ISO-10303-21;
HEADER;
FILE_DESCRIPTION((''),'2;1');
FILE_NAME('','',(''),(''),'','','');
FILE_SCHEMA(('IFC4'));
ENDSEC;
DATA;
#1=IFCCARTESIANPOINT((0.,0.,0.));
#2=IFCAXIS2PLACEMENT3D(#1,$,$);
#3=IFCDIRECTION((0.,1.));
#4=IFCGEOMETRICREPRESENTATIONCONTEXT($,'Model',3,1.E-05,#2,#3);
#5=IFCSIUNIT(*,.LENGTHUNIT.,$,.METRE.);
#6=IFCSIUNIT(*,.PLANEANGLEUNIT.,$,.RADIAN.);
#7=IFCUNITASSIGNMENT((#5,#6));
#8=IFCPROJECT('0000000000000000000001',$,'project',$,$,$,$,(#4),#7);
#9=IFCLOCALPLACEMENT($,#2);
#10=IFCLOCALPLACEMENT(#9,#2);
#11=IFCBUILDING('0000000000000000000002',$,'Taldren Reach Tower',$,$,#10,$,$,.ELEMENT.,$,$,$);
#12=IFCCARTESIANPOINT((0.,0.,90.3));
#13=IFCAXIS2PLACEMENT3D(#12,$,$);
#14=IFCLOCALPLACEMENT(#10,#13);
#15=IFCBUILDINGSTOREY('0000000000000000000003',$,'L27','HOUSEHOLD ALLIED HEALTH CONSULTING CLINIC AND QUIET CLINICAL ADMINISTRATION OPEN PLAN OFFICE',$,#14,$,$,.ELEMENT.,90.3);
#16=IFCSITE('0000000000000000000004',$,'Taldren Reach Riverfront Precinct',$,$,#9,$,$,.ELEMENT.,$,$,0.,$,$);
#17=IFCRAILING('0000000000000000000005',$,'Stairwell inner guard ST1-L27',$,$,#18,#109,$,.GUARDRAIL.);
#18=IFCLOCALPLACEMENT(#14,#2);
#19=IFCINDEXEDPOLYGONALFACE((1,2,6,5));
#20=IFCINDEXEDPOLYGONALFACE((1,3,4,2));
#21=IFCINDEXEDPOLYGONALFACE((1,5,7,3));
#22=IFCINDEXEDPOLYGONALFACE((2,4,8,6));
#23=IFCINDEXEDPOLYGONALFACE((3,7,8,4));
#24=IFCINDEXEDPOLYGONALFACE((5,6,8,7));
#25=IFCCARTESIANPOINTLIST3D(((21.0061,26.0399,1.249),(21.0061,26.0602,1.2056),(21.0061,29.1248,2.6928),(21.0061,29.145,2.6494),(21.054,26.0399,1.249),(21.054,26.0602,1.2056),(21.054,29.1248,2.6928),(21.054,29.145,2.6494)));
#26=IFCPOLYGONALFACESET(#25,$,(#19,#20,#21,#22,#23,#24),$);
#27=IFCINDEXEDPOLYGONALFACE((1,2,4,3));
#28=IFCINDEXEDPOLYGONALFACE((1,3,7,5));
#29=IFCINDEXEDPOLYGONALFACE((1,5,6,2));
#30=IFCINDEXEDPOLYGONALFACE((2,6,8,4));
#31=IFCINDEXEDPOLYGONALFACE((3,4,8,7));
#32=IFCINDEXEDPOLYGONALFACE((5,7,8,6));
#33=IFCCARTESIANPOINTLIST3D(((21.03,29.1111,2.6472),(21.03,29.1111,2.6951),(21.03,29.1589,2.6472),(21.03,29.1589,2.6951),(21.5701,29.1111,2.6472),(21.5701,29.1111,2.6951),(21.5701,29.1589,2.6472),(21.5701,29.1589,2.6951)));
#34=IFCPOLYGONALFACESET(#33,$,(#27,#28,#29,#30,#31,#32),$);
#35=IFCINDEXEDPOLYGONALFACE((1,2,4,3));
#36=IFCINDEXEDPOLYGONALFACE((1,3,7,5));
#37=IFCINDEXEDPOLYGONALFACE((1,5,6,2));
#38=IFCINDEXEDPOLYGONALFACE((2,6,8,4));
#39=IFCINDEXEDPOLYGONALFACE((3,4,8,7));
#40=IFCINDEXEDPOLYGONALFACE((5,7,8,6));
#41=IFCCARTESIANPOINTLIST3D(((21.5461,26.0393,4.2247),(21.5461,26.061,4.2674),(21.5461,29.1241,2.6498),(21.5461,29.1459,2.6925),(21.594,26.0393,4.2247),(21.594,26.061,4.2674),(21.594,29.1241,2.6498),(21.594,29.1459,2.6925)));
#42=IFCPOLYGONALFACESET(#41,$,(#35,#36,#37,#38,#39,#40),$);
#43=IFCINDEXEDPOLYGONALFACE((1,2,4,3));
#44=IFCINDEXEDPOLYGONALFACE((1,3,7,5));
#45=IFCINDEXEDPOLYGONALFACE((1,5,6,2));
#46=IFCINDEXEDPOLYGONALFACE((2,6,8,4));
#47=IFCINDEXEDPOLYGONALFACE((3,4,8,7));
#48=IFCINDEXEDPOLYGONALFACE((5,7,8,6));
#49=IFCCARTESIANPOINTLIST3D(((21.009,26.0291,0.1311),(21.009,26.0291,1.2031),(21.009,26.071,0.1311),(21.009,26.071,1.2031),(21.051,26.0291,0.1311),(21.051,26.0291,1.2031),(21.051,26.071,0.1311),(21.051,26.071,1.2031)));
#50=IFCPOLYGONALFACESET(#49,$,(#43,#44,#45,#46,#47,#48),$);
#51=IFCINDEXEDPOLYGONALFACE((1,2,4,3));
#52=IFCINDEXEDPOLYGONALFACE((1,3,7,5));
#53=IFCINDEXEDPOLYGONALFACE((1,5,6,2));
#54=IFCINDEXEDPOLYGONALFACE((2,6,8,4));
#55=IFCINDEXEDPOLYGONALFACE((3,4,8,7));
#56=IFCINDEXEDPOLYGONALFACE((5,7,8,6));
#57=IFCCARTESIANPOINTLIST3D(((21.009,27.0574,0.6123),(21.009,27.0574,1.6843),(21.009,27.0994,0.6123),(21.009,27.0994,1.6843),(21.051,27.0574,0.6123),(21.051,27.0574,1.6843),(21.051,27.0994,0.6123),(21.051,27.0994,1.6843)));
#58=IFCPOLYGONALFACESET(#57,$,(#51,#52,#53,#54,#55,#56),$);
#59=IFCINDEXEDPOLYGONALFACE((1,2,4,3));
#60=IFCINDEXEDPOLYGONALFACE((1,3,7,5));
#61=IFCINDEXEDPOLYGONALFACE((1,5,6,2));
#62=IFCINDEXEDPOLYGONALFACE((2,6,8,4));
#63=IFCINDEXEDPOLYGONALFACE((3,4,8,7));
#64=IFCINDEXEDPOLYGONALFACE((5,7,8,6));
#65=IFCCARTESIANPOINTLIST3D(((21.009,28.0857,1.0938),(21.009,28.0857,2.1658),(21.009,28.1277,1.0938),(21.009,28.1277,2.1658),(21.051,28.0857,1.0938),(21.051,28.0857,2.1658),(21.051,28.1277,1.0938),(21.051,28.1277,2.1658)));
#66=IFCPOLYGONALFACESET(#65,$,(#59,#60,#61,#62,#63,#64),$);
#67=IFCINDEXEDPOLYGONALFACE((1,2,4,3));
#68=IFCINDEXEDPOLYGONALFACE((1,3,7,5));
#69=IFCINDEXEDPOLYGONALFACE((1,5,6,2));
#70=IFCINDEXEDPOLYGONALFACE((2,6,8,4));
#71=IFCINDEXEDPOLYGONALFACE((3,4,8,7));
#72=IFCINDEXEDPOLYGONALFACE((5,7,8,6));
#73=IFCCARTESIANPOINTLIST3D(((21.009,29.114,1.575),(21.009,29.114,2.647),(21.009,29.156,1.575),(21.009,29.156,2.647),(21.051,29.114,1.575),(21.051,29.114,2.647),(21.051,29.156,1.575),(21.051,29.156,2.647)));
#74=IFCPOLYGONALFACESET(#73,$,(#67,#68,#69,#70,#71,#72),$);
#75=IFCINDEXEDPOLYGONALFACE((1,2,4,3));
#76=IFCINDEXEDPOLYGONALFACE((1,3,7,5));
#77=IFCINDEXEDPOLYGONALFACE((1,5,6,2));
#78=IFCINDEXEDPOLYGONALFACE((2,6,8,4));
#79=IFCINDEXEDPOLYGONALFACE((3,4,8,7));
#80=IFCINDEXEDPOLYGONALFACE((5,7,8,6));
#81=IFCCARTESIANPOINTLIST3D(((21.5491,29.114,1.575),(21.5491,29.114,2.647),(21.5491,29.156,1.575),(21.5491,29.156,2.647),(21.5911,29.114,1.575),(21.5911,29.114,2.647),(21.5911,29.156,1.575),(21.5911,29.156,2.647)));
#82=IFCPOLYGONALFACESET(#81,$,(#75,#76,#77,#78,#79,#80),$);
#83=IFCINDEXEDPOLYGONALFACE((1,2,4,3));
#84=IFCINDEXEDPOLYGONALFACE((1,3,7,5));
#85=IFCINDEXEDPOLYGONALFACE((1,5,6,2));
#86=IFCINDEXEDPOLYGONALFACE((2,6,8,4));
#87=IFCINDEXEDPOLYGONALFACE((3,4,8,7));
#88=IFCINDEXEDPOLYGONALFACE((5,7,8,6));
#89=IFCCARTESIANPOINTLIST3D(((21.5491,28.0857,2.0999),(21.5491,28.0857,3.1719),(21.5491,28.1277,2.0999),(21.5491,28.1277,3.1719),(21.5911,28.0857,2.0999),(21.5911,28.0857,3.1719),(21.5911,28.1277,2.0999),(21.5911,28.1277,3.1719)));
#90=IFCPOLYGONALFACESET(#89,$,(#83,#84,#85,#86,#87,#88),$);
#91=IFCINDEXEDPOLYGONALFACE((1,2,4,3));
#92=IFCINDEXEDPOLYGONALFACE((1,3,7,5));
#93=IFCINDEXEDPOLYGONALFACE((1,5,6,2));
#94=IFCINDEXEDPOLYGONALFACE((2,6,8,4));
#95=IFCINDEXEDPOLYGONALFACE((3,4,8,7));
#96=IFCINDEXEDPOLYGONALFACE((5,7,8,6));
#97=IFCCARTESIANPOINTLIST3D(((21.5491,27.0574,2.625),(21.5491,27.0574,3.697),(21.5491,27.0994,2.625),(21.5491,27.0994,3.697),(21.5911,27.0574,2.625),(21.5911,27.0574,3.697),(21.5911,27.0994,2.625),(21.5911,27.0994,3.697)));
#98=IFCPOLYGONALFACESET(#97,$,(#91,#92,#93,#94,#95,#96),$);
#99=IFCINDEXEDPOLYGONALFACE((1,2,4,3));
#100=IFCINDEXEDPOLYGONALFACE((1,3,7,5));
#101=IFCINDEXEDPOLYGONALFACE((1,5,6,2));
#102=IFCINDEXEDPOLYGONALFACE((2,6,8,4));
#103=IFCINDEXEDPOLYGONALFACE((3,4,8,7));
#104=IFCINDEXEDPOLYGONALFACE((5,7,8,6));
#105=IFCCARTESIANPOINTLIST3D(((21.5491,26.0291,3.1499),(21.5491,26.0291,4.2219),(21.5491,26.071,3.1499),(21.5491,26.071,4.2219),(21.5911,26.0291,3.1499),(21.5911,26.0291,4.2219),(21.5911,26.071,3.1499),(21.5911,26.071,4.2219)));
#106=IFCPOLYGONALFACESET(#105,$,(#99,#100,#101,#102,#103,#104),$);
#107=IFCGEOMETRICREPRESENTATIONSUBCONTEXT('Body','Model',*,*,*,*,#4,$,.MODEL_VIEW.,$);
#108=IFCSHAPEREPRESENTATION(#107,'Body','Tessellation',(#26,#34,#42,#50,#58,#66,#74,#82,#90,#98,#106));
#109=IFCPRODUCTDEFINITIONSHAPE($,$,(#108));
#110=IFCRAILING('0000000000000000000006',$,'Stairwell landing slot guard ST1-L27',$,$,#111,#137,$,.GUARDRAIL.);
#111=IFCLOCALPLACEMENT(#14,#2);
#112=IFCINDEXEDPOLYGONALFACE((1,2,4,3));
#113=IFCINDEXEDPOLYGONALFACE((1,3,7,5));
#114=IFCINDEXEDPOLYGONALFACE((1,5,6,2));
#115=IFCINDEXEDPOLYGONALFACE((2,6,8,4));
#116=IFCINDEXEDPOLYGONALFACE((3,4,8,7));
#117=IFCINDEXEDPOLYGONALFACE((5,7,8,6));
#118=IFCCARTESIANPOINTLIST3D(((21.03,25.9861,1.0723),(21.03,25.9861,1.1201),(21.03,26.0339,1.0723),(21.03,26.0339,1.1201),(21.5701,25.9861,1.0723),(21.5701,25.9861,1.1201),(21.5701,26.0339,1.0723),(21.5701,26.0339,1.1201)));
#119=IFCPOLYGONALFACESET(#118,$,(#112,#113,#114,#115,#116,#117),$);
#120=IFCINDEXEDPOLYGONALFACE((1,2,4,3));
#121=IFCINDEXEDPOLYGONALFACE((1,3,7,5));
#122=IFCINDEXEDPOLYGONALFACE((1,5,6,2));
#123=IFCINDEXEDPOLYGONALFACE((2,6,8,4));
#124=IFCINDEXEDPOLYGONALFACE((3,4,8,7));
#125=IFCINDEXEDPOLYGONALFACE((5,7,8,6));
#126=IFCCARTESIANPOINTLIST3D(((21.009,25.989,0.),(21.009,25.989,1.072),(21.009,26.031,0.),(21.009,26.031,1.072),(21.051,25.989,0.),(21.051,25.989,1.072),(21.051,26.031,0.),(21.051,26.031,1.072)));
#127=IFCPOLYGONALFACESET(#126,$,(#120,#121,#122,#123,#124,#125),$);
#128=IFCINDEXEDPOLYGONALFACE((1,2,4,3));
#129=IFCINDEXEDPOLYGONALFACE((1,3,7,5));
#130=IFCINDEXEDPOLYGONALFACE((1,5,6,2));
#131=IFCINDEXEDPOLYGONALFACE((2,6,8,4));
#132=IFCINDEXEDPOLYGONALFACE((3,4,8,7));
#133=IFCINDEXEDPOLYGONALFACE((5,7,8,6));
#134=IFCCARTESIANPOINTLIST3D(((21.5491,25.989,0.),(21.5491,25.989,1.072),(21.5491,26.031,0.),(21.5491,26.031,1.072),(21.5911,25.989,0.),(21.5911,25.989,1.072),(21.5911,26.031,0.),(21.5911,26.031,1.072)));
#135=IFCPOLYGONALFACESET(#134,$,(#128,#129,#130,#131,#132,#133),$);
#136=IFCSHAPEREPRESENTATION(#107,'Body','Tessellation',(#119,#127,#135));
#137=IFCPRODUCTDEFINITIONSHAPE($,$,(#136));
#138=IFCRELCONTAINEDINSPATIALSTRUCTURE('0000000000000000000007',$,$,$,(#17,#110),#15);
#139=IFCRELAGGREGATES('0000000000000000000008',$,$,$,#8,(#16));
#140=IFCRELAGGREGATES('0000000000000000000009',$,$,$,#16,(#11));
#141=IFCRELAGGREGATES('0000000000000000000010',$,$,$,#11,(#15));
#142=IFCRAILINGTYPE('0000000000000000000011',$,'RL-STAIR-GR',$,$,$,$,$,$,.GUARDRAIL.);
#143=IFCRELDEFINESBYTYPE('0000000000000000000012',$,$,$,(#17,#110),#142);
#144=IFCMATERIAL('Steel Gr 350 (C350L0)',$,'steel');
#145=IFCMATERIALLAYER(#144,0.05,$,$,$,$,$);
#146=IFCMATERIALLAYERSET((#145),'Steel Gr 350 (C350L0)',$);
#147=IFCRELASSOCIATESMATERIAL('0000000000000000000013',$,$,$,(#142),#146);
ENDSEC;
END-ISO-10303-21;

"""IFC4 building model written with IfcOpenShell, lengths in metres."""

from ifc_helpers import new_model, si_unit, direction, frame, origin, origin_2d, place, context, subcontext, project, spatial, rectangle, extrude, material, layer, layer_set, type_object, element, save


model = new_model("IFC4")

# Units and contexts
model_context = context("Model", 3, precision=1e-05, world=origin(), true_north=direction((0.0, 1.0)))
body_context = subcontext(model_context, "Body", "Model", "MODEL_VIEW")
ifc_project = project(units=[si_unit("LENGTHUNIT", "METRE"), si_unit("PLANEANGLEUNIT", "RADIAN")], contexts=[model_context])

# Site, building, storey
site_placement = place(None, origin())
site = spatial("IfcSite", under=ifc_project, at=site_placement, Name="Taldren Reach Riverfront Precinct", CompositionType="ELEMENT", RefElevation=0.0)
building_placement = place(site_placement, origin())
building = spatial("IfcBuilding", under=site, at=building_placement, Name="Taldren Reach Tower", CompositionType="ELEMENT")
storey_placement = place(building_placement, frame((0.0, 0.0, 90.3)))
storey = spatial("IfcBuildingStorey", under=building, at=storey_placement, Name="L27", Description="HOUSEHOLD ALLIED HEALTH CONSULTING CLINIC AND QUIET CLINICAL ADMINISTRATION OPEN PLAN OFFICE", CompositionType="ELEMENT", Elevation=90.3)

# Shared definitions
ifc_material_1 = material(Name="Steel Gr 350 (C350L0)", Category="steel")

# Railings
ifc_layer_1 = layer(ifc_material_1, 0.05)
ifc_layer_set_1 = layer_set([ifc_layer_1], Name="Steel Gr 350 (C350L0)")
railing_type_1 = type_object("IfcRailingType", Name="RL-STAIR-GR", PredefinedType="GUARDRAIL", material=ifc_layer_set_1)
railing_1_placement = place(storey_placement, frame((21.03, 26.05, 0.1311)))
element("IfcRailing", 1, at=railing_1_placement, inside=storey, type_object=railing_type_1, Name="Stairwell inner guard ST1-L27", PredefinedType="GUARDRAIL", context=body_context, shape_type="SweptSolid", body=[
    extrude(rectangle(XDim=0.0479, YDim=0.0479, at=origin_2d()), frame((0.0, 0.0, 1.0962), z_axis=(0.0, 0.90571, 0.423898), x_axis=(-1.0, 0.0, 0.0)), (0.0, 0.0, 1.0), 3.406),
    extrude(rectangle(XDim=0.0479, YDim=0.0479, at=origin_2d()), frame((0.0, 3.085, 2.54), z_axis=(1.0, 0.0, 0.0), x_axis=(0.0, 1.0, 0.0)), (0.0, 0.0, 1.0), 0.54),
    extrude(rectangle(XDim=0.0479, YDim=0.0479, at=origin_2d()), frame((0.54, 3.085, 2.54), z_axis=(0.0, -0.890646, 0.454697), x_axis=(1.0, 0.0, 0.0)), (0.0, 0.0, 1.0), 3.4636),
    extrude(rectangle(XDim=0.042, YDim=0.042, at=origin_2d()), origin(), (0.0, 0.0, 1.0), 1.072),
    extrude(rectangle(XDim=0.042, YDim=0.042, at=origin_2d()), frame((0.0, 1.0283, 0.4812)), (0.0, 0.0, 1.0), 1.072),
    extrude(rectangle(XDim=0.042, YDim=0.042, at=origin_2d()), frame((0.0, 2.0566, 0.9626)), (0.0, 0.0, 1.0), 1.072),
    extrude(rectangle(XDim=0.042, YDim=0.042, at=origin_2d()), frame((0.0, 3.085, 1.4438)), (0.0, 0.0, 1.0), 1.072),
    extrude(rectangle(XDim=0.042, YDim=0.042, at=origin_2d()), frame((0.54, 3.085, 1.4438)), (0.0, 0.0, 1.0), 1.072),
    extrude(rectangle(XDim=0.042, YDim=0.042, at=origin_2d()), frame((0.54, 2.0566, 1.9688)), (0.0, 0.0, 1.0), 1.072),
    extrude(rectangle(XDim=0.042, YDim=0.042, at=origin_2d()), frame((0.54, 1.0283, 2.4939)), (0.0, 0.0, 1.0), 1.072),
    extrude(rectangle(XDim=0.042, YDim=0.042, at=origin_2d()), frame((0.54, 0.0, 3.0188)), (0.0, 0.0, 1.0), 1.072),
])
railing_2_placement = place(storey_placement, frame((21.03, 26.01, 0.0)))
element("IfcRailing", 2, at=railing_2_placement, inside=storey, type_object=railing_type_1, Name="Stairwell landing slot guard ST1-L27", PredefinedType="GUARDRAIL", context=body_context, shape_type="SweptSolid", body=[
    extrude(rectangle(XDim=0.0479, YDim=0.0479, at=origin_2d()), frame((0.0, 0.0, 1.0962), z_axis=(1.0, 0.0, 0.0), x_axis=(0.0, 1.0, 0.0)), (0.0, 0.0, 1.0), 0.54),
    extrude(rectangle(XDim=0.042, YDim=0.042, at=origin_2d()), origin(), (0.0, 0.0, 1.0), 1.072),
    extrude(rectangle(XDim=0.042, YDim=0.042, at=origin_2d()), frame((0.54, 0.0, 0.0)), (0.0, 0.0, 1.0), 1.072),
])

save(model, "model.ifc")
